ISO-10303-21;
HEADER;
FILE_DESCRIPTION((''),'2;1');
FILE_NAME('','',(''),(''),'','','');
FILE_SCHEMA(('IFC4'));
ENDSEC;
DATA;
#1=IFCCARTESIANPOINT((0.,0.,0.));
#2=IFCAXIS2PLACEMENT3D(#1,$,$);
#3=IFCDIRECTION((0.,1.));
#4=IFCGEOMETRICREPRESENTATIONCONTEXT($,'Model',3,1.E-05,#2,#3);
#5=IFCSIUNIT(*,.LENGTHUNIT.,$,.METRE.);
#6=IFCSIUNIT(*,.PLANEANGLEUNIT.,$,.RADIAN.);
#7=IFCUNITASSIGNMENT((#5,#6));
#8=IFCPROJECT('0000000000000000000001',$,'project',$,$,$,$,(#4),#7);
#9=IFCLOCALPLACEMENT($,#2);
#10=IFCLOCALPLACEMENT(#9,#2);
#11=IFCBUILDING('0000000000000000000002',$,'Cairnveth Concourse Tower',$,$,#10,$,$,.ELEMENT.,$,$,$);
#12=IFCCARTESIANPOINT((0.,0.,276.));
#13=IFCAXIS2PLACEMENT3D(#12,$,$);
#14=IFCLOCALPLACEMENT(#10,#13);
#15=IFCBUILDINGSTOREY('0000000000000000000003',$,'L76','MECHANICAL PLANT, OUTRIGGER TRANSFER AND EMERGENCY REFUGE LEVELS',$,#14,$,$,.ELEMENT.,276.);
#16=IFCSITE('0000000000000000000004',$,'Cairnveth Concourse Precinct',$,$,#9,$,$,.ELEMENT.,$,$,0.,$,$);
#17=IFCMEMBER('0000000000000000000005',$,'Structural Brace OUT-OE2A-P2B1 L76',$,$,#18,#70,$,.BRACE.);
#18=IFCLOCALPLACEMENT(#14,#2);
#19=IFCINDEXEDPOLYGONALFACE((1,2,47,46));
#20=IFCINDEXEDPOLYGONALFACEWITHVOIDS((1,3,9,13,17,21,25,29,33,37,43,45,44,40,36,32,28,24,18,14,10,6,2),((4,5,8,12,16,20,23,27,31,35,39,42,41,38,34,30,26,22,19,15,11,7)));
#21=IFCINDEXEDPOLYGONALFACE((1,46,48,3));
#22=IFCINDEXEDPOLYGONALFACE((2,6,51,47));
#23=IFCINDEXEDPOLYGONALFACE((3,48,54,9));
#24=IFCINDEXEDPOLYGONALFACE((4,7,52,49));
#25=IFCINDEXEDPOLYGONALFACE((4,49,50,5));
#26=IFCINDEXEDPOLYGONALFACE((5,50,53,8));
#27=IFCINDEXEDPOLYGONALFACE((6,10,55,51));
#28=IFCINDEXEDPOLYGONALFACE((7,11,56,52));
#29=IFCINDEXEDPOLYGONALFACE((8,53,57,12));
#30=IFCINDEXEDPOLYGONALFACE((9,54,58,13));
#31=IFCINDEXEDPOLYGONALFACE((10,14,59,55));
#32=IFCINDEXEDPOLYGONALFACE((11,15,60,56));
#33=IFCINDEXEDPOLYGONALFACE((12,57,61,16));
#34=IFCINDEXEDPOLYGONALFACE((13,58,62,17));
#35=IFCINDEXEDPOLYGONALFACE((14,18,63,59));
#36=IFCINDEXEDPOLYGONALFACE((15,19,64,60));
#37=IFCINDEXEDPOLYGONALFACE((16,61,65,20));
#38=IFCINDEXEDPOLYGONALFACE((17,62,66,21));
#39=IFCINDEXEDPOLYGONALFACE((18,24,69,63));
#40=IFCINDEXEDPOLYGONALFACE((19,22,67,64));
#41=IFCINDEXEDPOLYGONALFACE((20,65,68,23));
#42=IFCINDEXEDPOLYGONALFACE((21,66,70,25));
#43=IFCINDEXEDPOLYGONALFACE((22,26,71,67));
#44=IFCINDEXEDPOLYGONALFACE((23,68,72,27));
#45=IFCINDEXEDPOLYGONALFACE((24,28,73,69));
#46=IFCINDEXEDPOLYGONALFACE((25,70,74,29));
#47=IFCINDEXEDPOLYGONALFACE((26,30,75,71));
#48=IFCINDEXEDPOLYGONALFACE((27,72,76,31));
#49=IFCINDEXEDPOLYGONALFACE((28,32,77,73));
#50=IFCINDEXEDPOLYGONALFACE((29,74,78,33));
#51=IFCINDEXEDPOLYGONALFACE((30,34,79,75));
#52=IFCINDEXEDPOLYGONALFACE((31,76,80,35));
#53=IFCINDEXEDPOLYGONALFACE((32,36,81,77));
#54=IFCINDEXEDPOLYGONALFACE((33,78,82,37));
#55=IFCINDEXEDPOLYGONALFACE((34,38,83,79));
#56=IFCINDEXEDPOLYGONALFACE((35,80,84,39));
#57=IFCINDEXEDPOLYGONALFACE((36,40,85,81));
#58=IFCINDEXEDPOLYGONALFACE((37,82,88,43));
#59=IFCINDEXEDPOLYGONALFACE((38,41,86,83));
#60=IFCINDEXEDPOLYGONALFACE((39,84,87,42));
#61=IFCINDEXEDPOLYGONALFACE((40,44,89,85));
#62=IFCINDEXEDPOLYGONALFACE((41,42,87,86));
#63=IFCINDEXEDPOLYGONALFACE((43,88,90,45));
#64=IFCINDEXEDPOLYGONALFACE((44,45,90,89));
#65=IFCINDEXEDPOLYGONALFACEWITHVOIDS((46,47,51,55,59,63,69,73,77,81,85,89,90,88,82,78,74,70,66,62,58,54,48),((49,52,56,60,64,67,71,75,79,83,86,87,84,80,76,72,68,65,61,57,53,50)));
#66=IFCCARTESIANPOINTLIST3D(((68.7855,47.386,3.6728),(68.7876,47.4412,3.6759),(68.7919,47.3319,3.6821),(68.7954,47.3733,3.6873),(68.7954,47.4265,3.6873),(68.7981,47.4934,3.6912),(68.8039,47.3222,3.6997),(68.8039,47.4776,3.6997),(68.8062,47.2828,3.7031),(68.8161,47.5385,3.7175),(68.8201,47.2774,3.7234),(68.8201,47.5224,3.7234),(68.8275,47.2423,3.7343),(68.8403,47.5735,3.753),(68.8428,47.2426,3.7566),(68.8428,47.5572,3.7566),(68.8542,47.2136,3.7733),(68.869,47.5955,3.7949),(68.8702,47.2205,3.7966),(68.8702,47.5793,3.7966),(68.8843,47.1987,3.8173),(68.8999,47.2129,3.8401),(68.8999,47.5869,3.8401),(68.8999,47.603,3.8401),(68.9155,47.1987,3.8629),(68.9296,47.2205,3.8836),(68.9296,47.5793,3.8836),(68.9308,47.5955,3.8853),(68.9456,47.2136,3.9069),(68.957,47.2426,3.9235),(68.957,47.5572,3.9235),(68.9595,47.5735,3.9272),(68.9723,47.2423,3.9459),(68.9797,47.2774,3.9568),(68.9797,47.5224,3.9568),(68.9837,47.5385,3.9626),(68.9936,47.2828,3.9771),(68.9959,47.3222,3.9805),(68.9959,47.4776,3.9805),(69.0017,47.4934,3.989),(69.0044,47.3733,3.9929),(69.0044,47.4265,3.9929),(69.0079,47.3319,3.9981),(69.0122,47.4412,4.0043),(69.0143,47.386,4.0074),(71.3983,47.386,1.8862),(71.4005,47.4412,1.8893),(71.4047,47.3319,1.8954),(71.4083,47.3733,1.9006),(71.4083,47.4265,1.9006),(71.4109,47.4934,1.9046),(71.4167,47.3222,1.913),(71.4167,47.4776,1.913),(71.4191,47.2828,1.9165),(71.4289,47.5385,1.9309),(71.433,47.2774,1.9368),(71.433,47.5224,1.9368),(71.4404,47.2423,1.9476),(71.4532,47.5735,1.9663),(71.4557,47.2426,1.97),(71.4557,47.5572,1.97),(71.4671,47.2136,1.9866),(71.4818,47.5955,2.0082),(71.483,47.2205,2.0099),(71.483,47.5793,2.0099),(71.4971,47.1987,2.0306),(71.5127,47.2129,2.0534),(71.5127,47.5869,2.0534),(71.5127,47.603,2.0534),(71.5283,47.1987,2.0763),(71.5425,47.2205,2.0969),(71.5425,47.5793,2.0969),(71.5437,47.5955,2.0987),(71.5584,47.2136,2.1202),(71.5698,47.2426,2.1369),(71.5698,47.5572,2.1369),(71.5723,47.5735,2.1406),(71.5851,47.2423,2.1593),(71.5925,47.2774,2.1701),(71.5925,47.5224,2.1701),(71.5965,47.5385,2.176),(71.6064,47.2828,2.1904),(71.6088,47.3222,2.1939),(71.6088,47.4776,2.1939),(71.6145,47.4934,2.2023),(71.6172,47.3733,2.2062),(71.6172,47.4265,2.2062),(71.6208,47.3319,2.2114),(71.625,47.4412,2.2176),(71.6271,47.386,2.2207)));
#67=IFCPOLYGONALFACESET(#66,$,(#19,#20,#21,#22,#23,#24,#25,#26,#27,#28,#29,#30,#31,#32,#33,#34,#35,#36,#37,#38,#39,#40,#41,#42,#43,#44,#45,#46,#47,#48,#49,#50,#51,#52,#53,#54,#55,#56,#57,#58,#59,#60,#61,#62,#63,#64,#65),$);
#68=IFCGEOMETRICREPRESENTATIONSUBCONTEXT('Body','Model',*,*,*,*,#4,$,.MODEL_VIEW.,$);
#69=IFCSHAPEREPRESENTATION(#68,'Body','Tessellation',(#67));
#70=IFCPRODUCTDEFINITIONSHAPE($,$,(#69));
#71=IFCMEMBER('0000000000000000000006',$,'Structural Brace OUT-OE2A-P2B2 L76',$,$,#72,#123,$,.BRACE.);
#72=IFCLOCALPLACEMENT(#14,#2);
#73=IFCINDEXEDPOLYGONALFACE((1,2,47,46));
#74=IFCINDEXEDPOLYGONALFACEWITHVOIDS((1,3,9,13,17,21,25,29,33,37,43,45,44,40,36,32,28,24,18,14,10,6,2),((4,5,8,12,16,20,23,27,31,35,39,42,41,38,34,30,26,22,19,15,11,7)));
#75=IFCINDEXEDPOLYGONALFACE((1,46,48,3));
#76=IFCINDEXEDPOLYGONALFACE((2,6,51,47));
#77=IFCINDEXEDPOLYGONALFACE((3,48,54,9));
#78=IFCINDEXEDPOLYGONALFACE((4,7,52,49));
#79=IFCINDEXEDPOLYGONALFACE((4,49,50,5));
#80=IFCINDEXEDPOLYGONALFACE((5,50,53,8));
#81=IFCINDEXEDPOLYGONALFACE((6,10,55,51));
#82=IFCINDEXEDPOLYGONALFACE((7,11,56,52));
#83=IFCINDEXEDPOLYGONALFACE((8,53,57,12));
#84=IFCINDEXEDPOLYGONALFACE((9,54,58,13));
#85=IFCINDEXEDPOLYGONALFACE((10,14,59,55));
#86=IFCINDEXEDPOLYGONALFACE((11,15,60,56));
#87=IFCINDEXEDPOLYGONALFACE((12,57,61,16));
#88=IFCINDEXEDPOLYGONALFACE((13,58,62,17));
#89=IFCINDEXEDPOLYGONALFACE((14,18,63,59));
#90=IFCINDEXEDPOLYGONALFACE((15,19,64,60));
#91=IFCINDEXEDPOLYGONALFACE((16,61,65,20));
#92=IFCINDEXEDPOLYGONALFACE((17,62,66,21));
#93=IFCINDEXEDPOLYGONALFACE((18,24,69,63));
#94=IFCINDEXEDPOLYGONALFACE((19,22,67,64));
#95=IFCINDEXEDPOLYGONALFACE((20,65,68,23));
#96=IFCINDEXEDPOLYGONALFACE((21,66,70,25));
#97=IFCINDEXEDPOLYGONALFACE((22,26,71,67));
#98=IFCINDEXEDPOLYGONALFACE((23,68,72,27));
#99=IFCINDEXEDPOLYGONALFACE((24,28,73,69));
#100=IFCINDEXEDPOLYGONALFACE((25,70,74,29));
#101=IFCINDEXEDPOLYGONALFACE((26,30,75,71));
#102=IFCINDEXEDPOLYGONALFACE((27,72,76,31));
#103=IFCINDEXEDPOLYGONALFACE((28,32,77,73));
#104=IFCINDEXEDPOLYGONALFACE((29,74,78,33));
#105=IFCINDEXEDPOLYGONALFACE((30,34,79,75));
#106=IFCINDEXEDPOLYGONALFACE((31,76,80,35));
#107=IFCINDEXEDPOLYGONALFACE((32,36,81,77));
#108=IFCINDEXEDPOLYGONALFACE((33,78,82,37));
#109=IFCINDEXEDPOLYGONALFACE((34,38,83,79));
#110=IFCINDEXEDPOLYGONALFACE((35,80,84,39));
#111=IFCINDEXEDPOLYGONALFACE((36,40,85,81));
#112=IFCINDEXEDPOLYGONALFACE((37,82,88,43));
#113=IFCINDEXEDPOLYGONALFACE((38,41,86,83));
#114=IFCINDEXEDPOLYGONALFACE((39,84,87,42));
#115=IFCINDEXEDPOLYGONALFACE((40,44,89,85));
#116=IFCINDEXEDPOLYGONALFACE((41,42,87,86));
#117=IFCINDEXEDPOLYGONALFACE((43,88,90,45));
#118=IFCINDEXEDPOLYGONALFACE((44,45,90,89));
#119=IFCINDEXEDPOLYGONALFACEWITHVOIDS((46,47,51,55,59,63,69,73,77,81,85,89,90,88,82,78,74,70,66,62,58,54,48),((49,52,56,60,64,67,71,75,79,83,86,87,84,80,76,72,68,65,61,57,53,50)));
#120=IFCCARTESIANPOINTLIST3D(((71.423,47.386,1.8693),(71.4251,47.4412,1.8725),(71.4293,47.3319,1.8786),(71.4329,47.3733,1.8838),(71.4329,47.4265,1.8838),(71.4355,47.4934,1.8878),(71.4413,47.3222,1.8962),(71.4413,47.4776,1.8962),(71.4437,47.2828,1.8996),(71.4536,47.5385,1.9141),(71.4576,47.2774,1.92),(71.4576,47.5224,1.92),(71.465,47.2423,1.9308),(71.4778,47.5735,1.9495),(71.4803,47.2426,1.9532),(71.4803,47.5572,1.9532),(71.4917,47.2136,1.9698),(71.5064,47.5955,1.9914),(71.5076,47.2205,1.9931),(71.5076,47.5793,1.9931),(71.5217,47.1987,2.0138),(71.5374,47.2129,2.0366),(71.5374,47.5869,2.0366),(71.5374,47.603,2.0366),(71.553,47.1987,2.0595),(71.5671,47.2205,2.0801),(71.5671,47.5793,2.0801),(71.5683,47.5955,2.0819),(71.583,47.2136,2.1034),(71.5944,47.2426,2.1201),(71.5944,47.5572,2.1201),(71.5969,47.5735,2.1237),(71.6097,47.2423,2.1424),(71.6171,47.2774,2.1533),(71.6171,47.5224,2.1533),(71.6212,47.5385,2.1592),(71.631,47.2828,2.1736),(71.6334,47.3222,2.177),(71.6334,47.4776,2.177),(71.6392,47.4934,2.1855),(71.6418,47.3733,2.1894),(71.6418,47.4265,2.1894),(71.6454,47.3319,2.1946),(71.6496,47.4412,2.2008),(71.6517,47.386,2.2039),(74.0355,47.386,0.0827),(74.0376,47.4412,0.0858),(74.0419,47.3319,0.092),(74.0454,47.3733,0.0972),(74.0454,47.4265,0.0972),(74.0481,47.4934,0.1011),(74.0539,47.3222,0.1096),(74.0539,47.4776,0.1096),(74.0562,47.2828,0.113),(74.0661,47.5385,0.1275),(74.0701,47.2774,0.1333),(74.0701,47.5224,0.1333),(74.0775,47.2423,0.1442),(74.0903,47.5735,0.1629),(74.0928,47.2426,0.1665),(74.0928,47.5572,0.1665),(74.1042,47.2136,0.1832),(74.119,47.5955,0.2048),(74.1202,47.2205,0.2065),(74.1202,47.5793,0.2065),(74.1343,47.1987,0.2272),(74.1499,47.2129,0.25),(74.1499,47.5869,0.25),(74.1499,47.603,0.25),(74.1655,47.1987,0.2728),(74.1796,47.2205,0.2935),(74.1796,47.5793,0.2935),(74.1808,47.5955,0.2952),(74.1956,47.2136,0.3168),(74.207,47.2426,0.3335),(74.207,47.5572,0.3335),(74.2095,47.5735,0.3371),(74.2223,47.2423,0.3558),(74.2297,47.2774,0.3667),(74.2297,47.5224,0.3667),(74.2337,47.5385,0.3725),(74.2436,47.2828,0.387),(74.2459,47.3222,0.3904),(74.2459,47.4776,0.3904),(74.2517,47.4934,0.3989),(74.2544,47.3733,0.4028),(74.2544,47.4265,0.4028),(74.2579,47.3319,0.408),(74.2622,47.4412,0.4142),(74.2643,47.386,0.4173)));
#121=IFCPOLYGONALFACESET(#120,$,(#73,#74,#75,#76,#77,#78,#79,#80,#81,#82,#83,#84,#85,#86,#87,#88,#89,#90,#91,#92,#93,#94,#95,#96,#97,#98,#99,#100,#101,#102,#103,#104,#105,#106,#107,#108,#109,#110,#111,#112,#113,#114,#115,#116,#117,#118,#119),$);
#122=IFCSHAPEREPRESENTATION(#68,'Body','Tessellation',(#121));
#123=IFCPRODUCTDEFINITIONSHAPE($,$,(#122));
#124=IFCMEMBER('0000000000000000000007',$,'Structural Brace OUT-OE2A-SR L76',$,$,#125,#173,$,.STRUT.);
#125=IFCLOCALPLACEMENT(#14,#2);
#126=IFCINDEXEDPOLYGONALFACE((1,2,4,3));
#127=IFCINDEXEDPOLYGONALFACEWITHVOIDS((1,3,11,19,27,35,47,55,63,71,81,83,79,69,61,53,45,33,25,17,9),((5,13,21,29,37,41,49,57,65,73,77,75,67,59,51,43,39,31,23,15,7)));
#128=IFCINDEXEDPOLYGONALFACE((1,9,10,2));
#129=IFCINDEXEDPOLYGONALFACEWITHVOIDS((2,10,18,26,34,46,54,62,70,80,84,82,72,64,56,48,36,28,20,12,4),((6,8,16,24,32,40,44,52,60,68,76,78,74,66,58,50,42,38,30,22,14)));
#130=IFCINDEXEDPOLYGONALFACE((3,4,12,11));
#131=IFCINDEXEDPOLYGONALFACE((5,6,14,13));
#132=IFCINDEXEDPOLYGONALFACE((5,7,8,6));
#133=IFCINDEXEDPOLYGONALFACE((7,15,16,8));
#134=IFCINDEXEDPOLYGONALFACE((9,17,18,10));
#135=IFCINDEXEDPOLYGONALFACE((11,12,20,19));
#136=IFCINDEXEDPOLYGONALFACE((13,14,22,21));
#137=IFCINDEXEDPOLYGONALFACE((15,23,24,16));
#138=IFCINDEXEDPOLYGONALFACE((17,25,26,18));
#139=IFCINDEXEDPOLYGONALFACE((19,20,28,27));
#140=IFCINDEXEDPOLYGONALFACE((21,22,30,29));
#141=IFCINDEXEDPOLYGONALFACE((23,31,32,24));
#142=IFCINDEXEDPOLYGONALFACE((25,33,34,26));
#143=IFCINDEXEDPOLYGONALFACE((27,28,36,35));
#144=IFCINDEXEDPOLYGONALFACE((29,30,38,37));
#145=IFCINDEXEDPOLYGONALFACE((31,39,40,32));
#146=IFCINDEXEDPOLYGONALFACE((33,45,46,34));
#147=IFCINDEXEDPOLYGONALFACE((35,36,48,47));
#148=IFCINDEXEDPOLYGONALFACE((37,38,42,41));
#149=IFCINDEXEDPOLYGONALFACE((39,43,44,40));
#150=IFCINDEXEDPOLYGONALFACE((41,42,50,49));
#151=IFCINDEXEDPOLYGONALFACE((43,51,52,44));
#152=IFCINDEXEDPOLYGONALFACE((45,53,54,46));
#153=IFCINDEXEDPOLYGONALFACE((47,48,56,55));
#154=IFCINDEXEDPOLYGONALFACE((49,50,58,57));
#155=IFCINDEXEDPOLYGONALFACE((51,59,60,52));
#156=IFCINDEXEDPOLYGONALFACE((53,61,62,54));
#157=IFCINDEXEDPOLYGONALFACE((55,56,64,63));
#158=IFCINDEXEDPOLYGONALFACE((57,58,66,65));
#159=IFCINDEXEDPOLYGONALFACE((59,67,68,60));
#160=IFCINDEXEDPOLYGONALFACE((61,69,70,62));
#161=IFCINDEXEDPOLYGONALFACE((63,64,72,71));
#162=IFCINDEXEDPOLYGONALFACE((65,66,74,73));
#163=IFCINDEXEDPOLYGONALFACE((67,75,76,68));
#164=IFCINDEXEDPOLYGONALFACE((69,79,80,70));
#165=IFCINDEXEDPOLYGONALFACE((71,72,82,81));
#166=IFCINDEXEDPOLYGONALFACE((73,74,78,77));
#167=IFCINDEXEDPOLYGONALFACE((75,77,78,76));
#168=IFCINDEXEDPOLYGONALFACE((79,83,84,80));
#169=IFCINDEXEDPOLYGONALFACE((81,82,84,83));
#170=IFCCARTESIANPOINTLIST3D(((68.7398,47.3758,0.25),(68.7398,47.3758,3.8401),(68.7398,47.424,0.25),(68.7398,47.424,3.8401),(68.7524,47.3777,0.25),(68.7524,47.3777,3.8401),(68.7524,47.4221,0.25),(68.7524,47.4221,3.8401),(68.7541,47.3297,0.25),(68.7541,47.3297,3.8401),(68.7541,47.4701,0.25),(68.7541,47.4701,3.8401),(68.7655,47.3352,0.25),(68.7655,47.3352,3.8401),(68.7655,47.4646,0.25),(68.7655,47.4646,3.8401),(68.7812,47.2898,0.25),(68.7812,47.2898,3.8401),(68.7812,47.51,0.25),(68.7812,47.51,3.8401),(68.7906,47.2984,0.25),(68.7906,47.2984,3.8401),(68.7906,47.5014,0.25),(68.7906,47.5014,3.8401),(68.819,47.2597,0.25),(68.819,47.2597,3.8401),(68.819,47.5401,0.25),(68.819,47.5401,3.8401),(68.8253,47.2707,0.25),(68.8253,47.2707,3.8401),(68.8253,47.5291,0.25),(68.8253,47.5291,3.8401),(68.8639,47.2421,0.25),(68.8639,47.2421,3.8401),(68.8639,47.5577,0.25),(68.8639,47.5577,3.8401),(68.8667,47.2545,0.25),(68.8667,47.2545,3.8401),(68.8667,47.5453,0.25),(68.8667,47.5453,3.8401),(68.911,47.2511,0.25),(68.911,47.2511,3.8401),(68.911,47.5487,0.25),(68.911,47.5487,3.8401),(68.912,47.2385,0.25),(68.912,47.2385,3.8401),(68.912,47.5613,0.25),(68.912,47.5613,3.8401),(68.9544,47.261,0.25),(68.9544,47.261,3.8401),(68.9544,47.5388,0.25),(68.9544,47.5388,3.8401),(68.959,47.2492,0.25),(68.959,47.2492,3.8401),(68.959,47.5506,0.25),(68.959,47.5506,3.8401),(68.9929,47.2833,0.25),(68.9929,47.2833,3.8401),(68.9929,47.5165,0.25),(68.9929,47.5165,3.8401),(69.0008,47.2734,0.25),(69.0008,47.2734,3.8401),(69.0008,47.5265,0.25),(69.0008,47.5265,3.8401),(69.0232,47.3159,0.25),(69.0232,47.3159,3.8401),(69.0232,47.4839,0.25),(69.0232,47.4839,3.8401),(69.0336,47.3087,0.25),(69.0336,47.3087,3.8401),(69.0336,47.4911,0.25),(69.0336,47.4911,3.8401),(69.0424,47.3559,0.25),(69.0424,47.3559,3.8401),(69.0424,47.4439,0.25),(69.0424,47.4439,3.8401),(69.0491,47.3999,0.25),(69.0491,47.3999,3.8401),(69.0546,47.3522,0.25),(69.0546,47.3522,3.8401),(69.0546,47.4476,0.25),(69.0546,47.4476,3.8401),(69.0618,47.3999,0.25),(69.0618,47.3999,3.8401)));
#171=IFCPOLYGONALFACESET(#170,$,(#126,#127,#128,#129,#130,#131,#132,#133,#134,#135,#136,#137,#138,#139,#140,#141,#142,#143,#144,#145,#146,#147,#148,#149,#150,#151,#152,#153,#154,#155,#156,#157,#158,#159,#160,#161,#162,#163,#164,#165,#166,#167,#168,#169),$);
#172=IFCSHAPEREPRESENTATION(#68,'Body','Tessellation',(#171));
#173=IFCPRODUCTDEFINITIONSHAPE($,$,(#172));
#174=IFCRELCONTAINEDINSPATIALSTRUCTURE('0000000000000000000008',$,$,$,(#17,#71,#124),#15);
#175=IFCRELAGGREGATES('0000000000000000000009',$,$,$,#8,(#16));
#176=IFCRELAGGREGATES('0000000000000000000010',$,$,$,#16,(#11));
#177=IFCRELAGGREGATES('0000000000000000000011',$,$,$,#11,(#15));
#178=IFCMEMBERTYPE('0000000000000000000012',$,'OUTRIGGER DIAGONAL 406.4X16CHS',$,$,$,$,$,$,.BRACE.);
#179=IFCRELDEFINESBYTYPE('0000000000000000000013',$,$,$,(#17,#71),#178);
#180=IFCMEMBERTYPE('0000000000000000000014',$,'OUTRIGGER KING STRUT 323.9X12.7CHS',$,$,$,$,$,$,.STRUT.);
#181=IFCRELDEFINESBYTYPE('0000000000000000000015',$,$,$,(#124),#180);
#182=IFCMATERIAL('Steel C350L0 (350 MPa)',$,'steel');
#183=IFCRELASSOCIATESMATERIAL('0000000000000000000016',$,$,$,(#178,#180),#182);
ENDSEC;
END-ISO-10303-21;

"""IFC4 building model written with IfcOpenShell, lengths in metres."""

from ifc_helpers import new_model, si_unit, direction, frame, origin, origin_2d, place, context, subcontext, project, spatial, hollow_circle, extrude, material, material_profile, profile_set, type_object, element, save


model = new_model("IFC4")

# Units and contexts
model_context = context("Model", 3, precision=1e-05, world=origin(), true_north=direction((0.0, 1.0)))
body_context = subcontext(model_context, "Body", "Model", "MODEL_VIEW")
ifc_project = project(units=[si_unit("LENGTHUNIT", "METRE"), si_unit("PLANEANGLEUNIT", "RADIAN")], contexts=[model_context])

# Site, building, storey
site_placement = place(None, origin())
site = spatial("IfcSite", under=ifc_project, at=site_placement, Name="Cairnveth Concourse Precinct", CompositionType="ELEMENT", RefElevation=0.0)
building_placement = place(site_placement, origin())
building = spatial("IfcBuilding", under=site, at=building_placement, Name="Cairnveth Concourse Tower", CompositionType="ELEMENT")
storey_placement = place(building_placement, frame((0.0, 0.0, 276.0)))
storey = spatial("IfcBuildingStorey", under=building, at=storey_placement, Name="L76", Description="MECHANICAL PLANT, OUTRIGGER TRANSFER AND EMERGENCY REFUGE LEVELS", CompositionType="ELEMENT", Elevation=276.0)

# Shared definitions
ifc_material_1 = material(Name="Steel C350L0 (350 MPa)", Category="steel")

# Members
ifc_material_profile_1 = material_profile(ifc_material_1, hollow_circle(Radius=0.2031, WallThickness=0.0161, at=origin_2d()), Name="406.4x16.0CHS")
ifc_profile_set_1 = profile_set([ifc_material_profile_1], Name="Steel C350L0 (350 MPa)")
member_type_1 = type_object("IfcMemberType", Name="OUTRIGGER DIAGONAL 406.4X16CHS", PredefinedType="BRACE", material=ifc_profile_set_1)
member_1_placement = place(storey_placement, frame((68.8999, 47.3999, 3.8401), z_axis=(0.825466, 0.0, -0.564452), x_axis=(0.0, 1.0, 0.0)))
element("IfcMember", 1, at=member_1_placement, inside=storey, type_object=member_type_1, Name="Structural Brace OUT-OE2A-P2B1 L76", PredefinedType="BRACE", context=body_context, shape_type="SweptSolid", body=[
    extrude(hollow_circle(Radius=0.2031, WallThickness=0.0161, at=origin_2d()), origin(), (0.0, 0.0, 1.0), 3.1653),
])
member_2_placement = place(storey_placement, frame((71.5374, 47.3999, 2.0366), z_axis=(0.825442, 0.0, -0.564488), x_axis=(0.0, 1.0, 0.0)))
element("IfcMember", 2, at=member_2_placement, inside=storey, type_object=member_type_1, Name="Structural Brace OUT-OE2A-P2B2 L76", PredefinedType="BRACE", context=body_context, shape_type="SweptSolid", body=[
    extrude(hollow_circle(Radius=0.2031, WallThickness=0.0161, at=origin_2d()), origin(), (0.0, 0.0, 1.0), 3.165),
])
ifc_material_profile_2 = material_profile(ifc_material_1, hollow_circle(Radius=0.1619, WallThickness=0.0127, at=origin_2d()), Name="323.9x12.7CHS")
ifc_profile_set_2 = profile_set([ifc_material_profile_2], Name="Steel C350L0 (350 MPa)")
member_type_2 = type_object("IfcMemberType", Name="OUTRIGGER KING STRUT 323.9X12.7CHS", PredefinedType="STRUT", material=ifc_profile_set_2)
member_3_placement = place(storey_placement, frame((68.8999, 47.3999, 0.25), z_axis=(0.0, 0.0, 1.0), x_axis=(1.0, 0.0, 0.0)))
element("IfcMember", 3, at=member_3_placement, inside=storey, type_object=member_type_2, Name="Structural Brace OUT-OE2A-SR L76", PredefinedType="STRUT", context=body_context, shape_type="SweptSolid", body=[
    extrude(hollow_circle(Radius=0.1619, WallThickness=0.0127, at=origin_2d()), origin(), (0.0, 0.0, 1.0), 3.5901),
])

save(model, "model.ifc")
